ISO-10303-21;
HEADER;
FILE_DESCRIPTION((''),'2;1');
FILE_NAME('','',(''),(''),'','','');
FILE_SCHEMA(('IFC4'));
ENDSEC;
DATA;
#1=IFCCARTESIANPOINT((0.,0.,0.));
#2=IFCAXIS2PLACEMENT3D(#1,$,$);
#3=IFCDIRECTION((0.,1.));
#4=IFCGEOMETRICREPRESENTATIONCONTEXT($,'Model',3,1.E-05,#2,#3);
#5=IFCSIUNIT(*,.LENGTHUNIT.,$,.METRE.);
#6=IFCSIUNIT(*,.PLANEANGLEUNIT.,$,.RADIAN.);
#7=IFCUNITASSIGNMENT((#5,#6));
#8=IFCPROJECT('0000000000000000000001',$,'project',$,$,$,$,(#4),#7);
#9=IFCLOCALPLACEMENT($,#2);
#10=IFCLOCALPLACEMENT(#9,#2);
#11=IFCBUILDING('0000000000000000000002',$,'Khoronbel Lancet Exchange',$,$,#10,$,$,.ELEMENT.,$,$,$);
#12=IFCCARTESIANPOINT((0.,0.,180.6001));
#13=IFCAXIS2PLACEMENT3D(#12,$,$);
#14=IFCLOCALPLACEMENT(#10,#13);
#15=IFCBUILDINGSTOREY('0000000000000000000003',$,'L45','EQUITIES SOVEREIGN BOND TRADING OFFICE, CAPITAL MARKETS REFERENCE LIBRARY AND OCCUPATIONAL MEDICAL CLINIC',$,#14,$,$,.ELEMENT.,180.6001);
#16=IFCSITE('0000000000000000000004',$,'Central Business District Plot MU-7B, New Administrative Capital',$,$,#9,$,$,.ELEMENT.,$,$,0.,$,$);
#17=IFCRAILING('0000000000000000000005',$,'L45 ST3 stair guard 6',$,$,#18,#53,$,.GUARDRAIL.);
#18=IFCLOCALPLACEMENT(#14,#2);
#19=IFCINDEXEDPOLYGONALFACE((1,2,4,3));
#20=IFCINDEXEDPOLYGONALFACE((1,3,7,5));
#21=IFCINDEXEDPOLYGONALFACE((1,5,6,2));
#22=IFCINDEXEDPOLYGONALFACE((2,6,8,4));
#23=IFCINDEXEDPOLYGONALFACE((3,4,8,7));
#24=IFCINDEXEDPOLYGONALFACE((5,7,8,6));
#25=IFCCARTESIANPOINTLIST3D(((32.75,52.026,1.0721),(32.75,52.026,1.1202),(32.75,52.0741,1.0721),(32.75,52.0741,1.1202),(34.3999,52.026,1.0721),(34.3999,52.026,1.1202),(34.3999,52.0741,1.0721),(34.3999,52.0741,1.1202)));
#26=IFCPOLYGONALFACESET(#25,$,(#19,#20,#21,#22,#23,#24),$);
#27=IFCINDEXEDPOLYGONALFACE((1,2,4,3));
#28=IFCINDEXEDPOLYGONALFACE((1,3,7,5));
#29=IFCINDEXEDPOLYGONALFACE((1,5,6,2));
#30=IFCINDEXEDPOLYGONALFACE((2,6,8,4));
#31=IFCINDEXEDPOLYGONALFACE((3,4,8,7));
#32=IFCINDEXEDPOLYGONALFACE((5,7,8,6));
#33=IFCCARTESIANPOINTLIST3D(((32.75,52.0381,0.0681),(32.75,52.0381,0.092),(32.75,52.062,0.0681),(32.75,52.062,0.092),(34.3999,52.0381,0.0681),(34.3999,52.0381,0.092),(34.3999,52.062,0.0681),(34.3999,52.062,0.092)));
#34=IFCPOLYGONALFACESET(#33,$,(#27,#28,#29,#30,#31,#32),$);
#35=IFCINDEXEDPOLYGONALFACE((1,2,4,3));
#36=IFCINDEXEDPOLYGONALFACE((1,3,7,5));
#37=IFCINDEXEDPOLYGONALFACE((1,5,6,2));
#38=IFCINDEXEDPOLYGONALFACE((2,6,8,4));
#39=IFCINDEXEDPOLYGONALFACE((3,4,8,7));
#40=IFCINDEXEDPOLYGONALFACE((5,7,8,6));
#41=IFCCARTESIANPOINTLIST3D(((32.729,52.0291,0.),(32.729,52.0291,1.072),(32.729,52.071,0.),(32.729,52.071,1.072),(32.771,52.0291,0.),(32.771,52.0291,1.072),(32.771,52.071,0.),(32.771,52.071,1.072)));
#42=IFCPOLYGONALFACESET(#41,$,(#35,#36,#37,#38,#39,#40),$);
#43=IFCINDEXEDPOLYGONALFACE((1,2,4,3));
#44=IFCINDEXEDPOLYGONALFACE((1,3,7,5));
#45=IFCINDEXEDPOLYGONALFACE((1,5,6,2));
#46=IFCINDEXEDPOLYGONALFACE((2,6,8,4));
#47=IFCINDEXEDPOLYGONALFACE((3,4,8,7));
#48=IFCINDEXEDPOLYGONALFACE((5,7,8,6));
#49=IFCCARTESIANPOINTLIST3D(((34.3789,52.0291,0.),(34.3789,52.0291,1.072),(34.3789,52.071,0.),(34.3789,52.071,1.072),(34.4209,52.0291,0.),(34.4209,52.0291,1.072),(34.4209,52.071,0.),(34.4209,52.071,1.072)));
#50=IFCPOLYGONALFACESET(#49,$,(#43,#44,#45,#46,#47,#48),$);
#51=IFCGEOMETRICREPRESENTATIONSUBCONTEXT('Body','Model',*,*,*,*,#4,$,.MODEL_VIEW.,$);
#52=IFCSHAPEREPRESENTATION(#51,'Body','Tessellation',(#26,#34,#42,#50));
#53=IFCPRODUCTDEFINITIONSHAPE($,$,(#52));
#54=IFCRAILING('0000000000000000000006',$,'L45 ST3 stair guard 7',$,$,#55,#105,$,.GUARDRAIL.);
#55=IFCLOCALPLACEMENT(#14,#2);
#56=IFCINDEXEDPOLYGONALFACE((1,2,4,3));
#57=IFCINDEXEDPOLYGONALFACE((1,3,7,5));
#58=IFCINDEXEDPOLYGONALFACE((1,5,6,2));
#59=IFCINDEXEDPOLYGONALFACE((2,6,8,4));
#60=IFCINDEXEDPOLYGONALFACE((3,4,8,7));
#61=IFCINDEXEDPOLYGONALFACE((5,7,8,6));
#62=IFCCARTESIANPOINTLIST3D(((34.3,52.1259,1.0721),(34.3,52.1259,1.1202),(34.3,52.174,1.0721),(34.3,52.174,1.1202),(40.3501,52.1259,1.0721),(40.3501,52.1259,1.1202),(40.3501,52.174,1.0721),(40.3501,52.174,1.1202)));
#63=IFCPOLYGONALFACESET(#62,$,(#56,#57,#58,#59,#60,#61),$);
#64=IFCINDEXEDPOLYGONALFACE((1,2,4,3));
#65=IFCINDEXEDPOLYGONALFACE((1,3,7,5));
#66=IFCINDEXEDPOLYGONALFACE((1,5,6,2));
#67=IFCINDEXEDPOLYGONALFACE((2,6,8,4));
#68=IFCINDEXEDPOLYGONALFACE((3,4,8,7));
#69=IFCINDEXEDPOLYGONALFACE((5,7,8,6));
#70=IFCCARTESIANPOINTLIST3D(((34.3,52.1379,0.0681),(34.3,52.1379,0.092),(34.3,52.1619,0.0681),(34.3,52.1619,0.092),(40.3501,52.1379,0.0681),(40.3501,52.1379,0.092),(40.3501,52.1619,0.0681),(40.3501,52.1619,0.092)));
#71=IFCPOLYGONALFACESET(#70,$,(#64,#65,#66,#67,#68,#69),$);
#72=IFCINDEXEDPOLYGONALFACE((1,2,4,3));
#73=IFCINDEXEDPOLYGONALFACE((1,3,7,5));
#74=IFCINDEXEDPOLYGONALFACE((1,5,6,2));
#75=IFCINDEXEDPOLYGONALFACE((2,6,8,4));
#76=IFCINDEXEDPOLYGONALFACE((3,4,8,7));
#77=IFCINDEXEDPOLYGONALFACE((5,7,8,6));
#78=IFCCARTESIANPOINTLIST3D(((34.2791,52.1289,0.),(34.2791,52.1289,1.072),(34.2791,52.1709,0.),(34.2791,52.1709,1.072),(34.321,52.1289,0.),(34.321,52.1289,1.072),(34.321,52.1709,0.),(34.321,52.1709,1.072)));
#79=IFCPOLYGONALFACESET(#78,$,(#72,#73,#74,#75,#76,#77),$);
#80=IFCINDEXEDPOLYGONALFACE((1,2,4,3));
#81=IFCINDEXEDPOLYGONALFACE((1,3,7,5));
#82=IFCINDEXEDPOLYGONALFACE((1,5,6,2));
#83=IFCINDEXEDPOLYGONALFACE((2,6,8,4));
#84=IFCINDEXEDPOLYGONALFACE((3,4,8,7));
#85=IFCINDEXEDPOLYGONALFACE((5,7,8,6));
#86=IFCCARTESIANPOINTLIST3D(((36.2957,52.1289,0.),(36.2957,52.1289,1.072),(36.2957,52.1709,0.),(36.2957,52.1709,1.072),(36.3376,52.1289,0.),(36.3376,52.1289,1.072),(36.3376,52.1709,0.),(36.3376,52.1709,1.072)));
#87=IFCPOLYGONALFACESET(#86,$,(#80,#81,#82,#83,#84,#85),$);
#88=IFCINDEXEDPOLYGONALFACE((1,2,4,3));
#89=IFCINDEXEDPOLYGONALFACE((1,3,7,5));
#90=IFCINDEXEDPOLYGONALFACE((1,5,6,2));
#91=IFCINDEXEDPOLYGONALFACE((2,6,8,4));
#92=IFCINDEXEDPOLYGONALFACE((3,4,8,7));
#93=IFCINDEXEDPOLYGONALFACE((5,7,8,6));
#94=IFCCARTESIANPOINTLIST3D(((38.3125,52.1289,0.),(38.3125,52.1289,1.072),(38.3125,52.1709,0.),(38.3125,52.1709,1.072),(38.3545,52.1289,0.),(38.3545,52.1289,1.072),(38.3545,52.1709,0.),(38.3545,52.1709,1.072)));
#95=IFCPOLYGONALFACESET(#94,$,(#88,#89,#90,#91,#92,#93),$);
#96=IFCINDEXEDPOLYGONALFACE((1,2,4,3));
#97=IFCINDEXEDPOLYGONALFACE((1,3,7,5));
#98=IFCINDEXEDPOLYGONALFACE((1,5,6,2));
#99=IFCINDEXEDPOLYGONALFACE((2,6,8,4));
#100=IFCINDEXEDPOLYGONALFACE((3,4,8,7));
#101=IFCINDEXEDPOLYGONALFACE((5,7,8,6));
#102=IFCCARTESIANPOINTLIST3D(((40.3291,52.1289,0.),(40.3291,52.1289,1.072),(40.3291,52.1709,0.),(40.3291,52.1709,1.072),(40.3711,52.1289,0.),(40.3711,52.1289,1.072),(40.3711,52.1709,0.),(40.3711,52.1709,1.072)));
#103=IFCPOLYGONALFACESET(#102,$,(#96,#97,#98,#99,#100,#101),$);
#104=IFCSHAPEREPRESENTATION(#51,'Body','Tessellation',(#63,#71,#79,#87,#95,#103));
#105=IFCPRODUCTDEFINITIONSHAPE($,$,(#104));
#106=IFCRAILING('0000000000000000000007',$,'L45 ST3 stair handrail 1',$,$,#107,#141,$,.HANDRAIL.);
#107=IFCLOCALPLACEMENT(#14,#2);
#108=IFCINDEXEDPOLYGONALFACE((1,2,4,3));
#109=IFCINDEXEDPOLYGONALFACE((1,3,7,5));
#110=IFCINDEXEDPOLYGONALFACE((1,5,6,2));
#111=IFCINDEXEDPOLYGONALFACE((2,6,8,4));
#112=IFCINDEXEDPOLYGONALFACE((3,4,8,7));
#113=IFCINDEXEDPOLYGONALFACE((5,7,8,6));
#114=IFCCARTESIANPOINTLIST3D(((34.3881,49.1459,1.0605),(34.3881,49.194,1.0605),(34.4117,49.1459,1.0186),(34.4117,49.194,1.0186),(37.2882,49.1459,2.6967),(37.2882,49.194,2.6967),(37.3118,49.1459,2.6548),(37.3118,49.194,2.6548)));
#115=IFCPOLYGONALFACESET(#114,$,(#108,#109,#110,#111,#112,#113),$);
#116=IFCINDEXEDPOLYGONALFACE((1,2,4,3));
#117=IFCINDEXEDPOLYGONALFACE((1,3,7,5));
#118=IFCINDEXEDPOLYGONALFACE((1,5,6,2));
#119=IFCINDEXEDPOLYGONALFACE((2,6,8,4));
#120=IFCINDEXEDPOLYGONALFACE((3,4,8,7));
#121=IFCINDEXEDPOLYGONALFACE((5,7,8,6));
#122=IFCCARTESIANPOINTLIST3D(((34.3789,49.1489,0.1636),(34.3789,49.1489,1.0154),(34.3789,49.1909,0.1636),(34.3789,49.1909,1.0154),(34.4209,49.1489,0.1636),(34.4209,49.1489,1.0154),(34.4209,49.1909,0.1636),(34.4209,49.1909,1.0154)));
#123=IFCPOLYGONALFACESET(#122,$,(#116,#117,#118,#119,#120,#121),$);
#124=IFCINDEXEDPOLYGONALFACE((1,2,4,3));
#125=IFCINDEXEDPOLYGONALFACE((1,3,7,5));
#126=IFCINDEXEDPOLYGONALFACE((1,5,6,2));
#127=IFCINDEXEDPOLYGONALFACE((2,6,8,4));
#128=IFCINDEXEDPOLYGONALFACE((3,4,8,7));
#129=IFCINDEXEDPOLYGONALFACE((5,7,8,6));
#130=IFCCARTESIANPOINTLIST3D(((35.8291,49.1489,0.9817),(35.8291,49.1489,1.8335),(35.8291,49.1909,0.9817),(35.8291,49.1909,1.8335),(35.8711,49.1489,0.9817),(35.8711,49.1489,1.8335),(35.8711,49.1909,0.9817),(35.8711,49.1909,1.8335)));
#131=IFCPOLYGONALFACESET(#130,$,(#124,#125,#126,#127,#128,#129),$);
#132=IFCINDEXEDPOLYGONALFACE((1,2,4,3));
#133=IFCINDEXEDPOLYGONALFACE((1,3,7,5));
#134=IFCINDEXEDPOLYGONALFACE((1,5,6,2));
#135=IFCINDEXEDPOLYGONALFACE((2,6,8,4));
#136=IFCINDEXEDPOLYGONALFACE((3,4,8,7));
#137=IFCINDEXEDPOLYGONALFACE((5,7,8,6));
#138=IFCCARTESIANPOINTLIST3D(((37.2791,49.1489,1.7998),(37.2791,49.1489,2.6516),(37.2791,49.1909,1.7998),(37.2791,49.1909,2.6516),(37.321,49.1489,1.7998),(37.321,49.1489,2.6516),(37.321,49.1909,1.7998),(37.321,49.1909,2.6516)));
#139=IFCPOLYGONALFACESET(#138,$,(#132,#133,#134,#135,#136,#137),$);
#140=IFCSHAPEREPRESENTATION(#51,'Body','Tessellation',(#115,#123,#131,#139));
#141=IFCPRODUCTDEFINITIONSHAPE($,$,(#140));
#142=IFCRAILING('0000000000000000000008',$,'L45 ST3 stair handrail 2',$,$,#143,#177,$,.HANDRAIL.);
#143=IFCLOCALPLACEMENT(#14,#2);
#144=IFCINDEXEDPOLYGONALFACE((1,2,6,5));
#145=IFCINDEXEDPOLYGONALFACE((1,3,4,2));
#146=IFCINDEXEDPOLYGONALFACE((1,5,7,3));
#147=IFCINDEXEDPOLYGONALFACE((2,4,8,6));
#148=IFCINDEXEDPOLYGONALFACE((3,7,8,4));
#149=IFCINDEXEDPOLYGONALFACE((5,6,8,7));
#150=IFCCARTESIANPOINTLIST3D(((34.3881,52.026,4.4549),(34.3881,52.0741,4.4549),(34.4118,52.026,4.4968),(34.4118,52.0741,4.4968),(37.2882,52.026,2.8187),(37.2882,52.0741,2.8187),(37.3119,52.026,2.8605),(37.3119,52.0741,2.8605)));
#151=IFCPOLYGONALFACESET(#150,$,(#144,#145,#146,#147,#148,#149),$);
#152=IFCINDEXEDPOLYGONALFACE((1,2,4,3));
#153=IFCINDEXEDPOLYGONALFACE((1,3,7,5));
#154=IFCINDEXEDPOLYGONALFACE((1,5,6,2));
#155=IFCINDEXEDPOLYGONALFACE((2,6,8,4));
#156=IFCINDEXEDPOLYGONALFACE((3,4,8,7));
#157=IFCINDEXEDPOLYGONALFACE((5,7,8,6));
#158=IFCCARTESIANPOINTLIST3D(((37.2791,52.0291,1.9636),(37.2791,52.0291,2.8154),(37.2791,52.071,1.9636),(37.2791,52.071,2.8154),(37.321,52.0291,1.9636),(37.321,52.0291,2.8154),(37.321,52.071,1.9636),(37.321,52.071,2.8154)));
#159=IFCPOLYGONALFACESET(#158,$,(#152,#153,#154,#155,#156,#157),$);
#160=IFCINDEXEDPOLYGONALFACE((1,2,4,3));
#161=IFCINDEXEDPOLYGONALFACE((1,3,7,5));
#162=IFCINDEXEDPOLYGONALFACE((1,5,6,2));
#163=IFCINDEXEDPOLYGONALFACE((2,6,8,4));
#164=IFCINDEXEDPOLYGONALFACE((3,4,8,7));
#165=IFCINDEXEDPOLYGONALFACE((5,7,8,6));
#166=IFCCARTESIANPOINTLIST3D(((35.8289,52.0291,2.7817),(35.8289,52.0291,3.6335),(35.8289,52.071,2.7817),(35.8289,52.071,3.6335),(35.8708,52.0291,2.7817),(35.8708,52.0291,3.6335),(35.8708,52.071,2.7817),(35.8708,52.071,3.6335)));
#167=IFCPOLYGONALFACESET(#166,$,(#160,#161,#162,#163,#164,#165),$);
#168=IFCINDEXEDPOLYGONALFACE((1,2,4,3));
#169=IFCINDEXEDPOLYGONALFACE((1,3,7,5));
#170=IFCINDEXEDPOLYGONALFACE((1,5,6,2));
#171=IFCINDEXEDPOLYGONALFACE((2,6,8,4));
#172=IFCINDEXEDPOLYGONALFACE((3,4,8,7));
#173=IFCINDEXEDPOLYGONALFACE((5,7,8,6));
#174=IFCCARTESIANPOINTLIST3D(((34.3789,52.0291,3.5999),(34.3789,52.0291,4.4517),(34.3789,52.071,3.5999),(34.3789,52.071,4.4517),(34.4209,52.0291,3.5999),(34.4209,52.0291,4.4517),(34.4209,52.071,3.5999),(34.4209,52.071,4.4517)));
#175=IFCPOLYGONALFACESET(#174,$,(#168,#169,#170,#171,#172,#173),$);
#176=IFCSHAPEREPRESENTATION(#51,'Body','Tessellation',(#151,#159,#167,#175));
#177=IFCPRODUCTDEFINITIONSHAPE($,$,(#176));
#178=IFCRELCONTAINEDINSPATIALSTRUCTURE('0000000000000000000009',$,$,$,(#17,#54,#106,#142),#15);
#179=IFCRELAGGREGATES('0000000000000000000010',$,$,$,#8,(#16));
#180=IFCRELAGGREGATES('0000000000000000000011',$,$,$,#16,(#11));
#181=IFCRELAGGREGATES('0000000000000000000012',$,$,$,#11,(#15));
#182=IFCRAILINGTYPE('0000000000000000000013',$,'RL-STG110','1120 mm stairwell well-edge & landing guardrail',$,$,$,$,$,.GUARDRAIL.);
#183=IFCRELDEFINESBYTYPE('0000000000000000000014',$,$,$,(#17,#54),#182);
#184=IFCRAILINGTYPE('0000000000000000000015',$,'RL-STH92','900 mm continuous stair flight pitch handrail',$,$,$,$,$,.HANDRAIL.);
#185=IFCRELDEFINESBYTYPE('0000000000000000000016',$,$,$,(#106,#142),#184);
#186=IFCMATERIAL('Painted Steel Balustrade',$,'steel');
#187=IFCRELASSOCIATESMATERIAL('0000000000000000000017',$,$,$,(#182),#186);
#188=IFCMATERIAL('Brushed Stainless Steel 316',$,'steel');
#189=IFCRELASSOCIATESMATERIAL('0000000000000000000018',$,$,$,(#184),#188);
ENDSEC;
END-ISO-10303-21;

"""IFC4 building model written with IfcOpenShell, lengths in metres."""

from ifc_helpers import new_model, si_unit, direction, frame, origin, origin_2d, place, context, subcontext, project, spatial, rectangle, extrude, material, type_object, element, save


model = new_model("IFC4")

# Units and contexts
model_context = context("Model", 3, precision=1e-05, world=origin(), true_north=direction((0.0, 1.0)))
body_context = subcontext(model_context, "Body", "Model", "MODEL_VIEW")
ifc_project = project(units=[si_unit("LENGTHUNIT", "METRE"), si_unit("PLANEANGLEUNIT", "RADIAN")], contexts=[model_context])

# Site, building, storey
site_placement = place(None, origin())
site = spatial("IfcSite", under=ifc_project, at=site_placement, Name="Central Business District Plot MU-7B, New Administrative Capital", CompositionType="ELEMENT", RefElevation=0.0)
building_placement = place(site_placement, origin())
building = spatial("IfcBuilding", under=site, at=building_placement, Name="Khoronbel Lancet Exchange", CompositionType="ELEMENT")
storey_placement = place(building_placement, frame((0.0, 0.0, 180.6001)))
storey = spatial("IfcBuildingStorey", under=building, at=storey_placement, Name="L45", Description="EQUITIES SOVEREIGN BOND TRADING OFFICE, CAPITAL MARKETS REFERENCE LIBRARY AND OCCUPATIONAL MEDICAL CLINIC", CompositionType="ELEMENT", Elevation=180.6001)

# Railings
ifc_material_1 = material(Name="Painted Steel Balustrade", Category="steel")
railing_type_1 = type_object("IfcRailingType", Name="RL-STG110", Description="1120 mm stairwell well-edge & landing guardrail", PredefinedType="GUARDRAIL", material=ifc_material_1)
railing_1_placement = place(storey_placement, frame((32.75, 52.05, 0.0)))
element("IfcRailing", 1, at=railing_1_placement, inside=storey, type_object=railing_type_1, Name="L45 ST3 stair guard 6", PredefinedType="GUARDRAIL", context=body_context, shape_type="SweptSolid", body=[
    extrude(rectangle(XDim=0.0481, YDim=0.0481, at=origin_2d()), frame((0.0, 0.0, 1.0962), z_axis=(1.0, 0.0, 0.0), x_axis=(0.0, 1.0, 0.0)), (0.0, 0.0, 1.0), 1.6499),
    extrude(rectangle(XDim=0.0239, YDim=0.0239, at=origin_2d()), frame((0.0, 0.0, 0.0801), z_axis=(1.0, 0.0, 0.0), x_axis=(0.0, 1.0, 0.0)), (0.0, 0.0, 1.0), 1.6499),
    extrude(rectangle(XDim=0.042, YDim=0.042, at=origin_2d()), origin(), (0.0, 0.0, 1.0), 1.072),
    extrude(rectangle(XDim=0.042, YDim=0.042, at=origin_2d()), frame((1.6499, 0.0, 0.0)), (0.0, 0.0, 1.0), 1.072),
])
railing_2_placement = place(storey_placement, frame((34.3, 52.1499, 0.0)))
element("IfcRailing", 2, at=railing_2_placement, inside=storey, type_object=railing_type_1, Name="L45 ST3 stair guard 7", PredefinedType="GUARDRAIL", context=body_context, shape_type="SweptSolid", body=[
    extrude(rectangle(XDim=0.0481, YDim=0.0481, at=origin_2d()), frame((0.0, 0.0, 1.0962), z_axis=(1.0, 0.0, 0.0), x_axis=(0.0, 1.0, 0.0)), (0.0, 0.0, 1.0), 6.05),
    extrude(rectangle(XDim=0.0239, YDim=0.0239, at=origin_2d()), frame((0.0, 0.0, 0.0801), z_axis=(1.0, 0.0, 0.0), x_axis=(0.0, 1.0, 0.0)), (0.0, 0.0, 1.0), 6.05),
    extrude(rectangle(XDim=0.042, YDim=0.042, at=origin_2d()), origin(), (0.0, 0.0, 1.0), 1.072),
    extrude(rectangle(XDim=0.042, YDim=0.042, at=origin_2d()), frame((2.0166, 0.0, 0.0)), (0.0, 0.0, 1.0), 1.072),
    extrude(rectangle(XDim=0.042, YDim=0.042, at=origin_2d()), frame((4.0334, 0.0, 0.0)), (0.0, 0.0, 1.0), 1.072),
    extrude(rectangle(XDim=0.042, YDim=0.042, at=origin_2d()), frame((6.05, 0.0, 0.0)), (0.0, 0.0, 1.0), 1.072),
])
ifc_material_2 = material(Name="Brushed Stainless Steel 316", Category="steel")
railing_type_2 = type_object("IfcRailingType", Name="RL-STH92", Description="900 mm continuous stair flight pitch handrail", PredefinedType="HANDRAIL", material=ifc_material_2)
railing_3_placement = place(storey_placement, frame((34.3999, 49.1699, 0.1636)))
element("IfcRailing", 3, at=railing_3_placement, inside=storey, type_object=railing_type_2, Name="L45 ST3 stair handrail 1", PredefinedType="HANDRAIL", context=body_context, shape_type="SweptSolid", body=[
    extrude(rectangle(XDim=0.0481, YDim=0.0481, at=origin_2d()), frame((0.0, 0.0, 0.876), z_axis=(0.870946, 0.0, 0.491378), x_axis=(0.0, 1.0, 0.0)), (0.0, 0.0, 1.0), 3.3298),
    extrude(rectangle(XDim=0.042, YDim=0.042, at=origin_2d()), origin(), (0.0, 0.0, 1.0), 0.8518),
    extrude(rectangle(XDim=0.042, YDim=0.042, at=origin_2d()), frame((1.4502, 0.0, 0.8181)), (0.0, 0.0, 1.0), 0.8518),
    extrude(rectangle(XDim=0.042, YDim=0.042, at=origin_2d()), frame((2.9001, 0.0, 1.6362)), (0.0, 0.0, 1.0), 0.8518),
])
railing_4_placement = place(storey_placement, frame((37.3, 52.05, 1.9636)))
element("IfcRailing", 4, at=railing_4_placement, inside=storey, type_object=railing_type_2, Name="L45 ST3 stair handrail 2", PredefinedType="HANDRAIL", context=body_context, shape_type="SweptSolid", body=[
    extrude(rectangle(XDim=0.0481, YDim=0.0481, at=origin_2d()), frame((0.0, 0.0, 0.876), z_axis=(-0.870946, 0.0, 0.491378), x_axis=(0.0, -1.0, 0.0)), (0.0, 0.0, 1.0), 3.3298),
    extrude(rectangle(XDim=0.042, YDim=0.042, at=origin_2d()), origin(), (0.0, 0.0, 1.0), 0.8518),
    extrude(rectangle(XDim=0.042, YDim=0.042, at=origin_2d()), frame((-1.4502, 0.0, 0.8181)), (0.0, 0.0, 1.0), 0.8518),
    extrude(rectangle(XDim=0.042, YDim=0.042, at=origin_2d()), frame((-2.9001, 0.0, 1.6362)), (0.0, 0.0, 1.0), 0.8518),
])

save(model, "model.ifc")
